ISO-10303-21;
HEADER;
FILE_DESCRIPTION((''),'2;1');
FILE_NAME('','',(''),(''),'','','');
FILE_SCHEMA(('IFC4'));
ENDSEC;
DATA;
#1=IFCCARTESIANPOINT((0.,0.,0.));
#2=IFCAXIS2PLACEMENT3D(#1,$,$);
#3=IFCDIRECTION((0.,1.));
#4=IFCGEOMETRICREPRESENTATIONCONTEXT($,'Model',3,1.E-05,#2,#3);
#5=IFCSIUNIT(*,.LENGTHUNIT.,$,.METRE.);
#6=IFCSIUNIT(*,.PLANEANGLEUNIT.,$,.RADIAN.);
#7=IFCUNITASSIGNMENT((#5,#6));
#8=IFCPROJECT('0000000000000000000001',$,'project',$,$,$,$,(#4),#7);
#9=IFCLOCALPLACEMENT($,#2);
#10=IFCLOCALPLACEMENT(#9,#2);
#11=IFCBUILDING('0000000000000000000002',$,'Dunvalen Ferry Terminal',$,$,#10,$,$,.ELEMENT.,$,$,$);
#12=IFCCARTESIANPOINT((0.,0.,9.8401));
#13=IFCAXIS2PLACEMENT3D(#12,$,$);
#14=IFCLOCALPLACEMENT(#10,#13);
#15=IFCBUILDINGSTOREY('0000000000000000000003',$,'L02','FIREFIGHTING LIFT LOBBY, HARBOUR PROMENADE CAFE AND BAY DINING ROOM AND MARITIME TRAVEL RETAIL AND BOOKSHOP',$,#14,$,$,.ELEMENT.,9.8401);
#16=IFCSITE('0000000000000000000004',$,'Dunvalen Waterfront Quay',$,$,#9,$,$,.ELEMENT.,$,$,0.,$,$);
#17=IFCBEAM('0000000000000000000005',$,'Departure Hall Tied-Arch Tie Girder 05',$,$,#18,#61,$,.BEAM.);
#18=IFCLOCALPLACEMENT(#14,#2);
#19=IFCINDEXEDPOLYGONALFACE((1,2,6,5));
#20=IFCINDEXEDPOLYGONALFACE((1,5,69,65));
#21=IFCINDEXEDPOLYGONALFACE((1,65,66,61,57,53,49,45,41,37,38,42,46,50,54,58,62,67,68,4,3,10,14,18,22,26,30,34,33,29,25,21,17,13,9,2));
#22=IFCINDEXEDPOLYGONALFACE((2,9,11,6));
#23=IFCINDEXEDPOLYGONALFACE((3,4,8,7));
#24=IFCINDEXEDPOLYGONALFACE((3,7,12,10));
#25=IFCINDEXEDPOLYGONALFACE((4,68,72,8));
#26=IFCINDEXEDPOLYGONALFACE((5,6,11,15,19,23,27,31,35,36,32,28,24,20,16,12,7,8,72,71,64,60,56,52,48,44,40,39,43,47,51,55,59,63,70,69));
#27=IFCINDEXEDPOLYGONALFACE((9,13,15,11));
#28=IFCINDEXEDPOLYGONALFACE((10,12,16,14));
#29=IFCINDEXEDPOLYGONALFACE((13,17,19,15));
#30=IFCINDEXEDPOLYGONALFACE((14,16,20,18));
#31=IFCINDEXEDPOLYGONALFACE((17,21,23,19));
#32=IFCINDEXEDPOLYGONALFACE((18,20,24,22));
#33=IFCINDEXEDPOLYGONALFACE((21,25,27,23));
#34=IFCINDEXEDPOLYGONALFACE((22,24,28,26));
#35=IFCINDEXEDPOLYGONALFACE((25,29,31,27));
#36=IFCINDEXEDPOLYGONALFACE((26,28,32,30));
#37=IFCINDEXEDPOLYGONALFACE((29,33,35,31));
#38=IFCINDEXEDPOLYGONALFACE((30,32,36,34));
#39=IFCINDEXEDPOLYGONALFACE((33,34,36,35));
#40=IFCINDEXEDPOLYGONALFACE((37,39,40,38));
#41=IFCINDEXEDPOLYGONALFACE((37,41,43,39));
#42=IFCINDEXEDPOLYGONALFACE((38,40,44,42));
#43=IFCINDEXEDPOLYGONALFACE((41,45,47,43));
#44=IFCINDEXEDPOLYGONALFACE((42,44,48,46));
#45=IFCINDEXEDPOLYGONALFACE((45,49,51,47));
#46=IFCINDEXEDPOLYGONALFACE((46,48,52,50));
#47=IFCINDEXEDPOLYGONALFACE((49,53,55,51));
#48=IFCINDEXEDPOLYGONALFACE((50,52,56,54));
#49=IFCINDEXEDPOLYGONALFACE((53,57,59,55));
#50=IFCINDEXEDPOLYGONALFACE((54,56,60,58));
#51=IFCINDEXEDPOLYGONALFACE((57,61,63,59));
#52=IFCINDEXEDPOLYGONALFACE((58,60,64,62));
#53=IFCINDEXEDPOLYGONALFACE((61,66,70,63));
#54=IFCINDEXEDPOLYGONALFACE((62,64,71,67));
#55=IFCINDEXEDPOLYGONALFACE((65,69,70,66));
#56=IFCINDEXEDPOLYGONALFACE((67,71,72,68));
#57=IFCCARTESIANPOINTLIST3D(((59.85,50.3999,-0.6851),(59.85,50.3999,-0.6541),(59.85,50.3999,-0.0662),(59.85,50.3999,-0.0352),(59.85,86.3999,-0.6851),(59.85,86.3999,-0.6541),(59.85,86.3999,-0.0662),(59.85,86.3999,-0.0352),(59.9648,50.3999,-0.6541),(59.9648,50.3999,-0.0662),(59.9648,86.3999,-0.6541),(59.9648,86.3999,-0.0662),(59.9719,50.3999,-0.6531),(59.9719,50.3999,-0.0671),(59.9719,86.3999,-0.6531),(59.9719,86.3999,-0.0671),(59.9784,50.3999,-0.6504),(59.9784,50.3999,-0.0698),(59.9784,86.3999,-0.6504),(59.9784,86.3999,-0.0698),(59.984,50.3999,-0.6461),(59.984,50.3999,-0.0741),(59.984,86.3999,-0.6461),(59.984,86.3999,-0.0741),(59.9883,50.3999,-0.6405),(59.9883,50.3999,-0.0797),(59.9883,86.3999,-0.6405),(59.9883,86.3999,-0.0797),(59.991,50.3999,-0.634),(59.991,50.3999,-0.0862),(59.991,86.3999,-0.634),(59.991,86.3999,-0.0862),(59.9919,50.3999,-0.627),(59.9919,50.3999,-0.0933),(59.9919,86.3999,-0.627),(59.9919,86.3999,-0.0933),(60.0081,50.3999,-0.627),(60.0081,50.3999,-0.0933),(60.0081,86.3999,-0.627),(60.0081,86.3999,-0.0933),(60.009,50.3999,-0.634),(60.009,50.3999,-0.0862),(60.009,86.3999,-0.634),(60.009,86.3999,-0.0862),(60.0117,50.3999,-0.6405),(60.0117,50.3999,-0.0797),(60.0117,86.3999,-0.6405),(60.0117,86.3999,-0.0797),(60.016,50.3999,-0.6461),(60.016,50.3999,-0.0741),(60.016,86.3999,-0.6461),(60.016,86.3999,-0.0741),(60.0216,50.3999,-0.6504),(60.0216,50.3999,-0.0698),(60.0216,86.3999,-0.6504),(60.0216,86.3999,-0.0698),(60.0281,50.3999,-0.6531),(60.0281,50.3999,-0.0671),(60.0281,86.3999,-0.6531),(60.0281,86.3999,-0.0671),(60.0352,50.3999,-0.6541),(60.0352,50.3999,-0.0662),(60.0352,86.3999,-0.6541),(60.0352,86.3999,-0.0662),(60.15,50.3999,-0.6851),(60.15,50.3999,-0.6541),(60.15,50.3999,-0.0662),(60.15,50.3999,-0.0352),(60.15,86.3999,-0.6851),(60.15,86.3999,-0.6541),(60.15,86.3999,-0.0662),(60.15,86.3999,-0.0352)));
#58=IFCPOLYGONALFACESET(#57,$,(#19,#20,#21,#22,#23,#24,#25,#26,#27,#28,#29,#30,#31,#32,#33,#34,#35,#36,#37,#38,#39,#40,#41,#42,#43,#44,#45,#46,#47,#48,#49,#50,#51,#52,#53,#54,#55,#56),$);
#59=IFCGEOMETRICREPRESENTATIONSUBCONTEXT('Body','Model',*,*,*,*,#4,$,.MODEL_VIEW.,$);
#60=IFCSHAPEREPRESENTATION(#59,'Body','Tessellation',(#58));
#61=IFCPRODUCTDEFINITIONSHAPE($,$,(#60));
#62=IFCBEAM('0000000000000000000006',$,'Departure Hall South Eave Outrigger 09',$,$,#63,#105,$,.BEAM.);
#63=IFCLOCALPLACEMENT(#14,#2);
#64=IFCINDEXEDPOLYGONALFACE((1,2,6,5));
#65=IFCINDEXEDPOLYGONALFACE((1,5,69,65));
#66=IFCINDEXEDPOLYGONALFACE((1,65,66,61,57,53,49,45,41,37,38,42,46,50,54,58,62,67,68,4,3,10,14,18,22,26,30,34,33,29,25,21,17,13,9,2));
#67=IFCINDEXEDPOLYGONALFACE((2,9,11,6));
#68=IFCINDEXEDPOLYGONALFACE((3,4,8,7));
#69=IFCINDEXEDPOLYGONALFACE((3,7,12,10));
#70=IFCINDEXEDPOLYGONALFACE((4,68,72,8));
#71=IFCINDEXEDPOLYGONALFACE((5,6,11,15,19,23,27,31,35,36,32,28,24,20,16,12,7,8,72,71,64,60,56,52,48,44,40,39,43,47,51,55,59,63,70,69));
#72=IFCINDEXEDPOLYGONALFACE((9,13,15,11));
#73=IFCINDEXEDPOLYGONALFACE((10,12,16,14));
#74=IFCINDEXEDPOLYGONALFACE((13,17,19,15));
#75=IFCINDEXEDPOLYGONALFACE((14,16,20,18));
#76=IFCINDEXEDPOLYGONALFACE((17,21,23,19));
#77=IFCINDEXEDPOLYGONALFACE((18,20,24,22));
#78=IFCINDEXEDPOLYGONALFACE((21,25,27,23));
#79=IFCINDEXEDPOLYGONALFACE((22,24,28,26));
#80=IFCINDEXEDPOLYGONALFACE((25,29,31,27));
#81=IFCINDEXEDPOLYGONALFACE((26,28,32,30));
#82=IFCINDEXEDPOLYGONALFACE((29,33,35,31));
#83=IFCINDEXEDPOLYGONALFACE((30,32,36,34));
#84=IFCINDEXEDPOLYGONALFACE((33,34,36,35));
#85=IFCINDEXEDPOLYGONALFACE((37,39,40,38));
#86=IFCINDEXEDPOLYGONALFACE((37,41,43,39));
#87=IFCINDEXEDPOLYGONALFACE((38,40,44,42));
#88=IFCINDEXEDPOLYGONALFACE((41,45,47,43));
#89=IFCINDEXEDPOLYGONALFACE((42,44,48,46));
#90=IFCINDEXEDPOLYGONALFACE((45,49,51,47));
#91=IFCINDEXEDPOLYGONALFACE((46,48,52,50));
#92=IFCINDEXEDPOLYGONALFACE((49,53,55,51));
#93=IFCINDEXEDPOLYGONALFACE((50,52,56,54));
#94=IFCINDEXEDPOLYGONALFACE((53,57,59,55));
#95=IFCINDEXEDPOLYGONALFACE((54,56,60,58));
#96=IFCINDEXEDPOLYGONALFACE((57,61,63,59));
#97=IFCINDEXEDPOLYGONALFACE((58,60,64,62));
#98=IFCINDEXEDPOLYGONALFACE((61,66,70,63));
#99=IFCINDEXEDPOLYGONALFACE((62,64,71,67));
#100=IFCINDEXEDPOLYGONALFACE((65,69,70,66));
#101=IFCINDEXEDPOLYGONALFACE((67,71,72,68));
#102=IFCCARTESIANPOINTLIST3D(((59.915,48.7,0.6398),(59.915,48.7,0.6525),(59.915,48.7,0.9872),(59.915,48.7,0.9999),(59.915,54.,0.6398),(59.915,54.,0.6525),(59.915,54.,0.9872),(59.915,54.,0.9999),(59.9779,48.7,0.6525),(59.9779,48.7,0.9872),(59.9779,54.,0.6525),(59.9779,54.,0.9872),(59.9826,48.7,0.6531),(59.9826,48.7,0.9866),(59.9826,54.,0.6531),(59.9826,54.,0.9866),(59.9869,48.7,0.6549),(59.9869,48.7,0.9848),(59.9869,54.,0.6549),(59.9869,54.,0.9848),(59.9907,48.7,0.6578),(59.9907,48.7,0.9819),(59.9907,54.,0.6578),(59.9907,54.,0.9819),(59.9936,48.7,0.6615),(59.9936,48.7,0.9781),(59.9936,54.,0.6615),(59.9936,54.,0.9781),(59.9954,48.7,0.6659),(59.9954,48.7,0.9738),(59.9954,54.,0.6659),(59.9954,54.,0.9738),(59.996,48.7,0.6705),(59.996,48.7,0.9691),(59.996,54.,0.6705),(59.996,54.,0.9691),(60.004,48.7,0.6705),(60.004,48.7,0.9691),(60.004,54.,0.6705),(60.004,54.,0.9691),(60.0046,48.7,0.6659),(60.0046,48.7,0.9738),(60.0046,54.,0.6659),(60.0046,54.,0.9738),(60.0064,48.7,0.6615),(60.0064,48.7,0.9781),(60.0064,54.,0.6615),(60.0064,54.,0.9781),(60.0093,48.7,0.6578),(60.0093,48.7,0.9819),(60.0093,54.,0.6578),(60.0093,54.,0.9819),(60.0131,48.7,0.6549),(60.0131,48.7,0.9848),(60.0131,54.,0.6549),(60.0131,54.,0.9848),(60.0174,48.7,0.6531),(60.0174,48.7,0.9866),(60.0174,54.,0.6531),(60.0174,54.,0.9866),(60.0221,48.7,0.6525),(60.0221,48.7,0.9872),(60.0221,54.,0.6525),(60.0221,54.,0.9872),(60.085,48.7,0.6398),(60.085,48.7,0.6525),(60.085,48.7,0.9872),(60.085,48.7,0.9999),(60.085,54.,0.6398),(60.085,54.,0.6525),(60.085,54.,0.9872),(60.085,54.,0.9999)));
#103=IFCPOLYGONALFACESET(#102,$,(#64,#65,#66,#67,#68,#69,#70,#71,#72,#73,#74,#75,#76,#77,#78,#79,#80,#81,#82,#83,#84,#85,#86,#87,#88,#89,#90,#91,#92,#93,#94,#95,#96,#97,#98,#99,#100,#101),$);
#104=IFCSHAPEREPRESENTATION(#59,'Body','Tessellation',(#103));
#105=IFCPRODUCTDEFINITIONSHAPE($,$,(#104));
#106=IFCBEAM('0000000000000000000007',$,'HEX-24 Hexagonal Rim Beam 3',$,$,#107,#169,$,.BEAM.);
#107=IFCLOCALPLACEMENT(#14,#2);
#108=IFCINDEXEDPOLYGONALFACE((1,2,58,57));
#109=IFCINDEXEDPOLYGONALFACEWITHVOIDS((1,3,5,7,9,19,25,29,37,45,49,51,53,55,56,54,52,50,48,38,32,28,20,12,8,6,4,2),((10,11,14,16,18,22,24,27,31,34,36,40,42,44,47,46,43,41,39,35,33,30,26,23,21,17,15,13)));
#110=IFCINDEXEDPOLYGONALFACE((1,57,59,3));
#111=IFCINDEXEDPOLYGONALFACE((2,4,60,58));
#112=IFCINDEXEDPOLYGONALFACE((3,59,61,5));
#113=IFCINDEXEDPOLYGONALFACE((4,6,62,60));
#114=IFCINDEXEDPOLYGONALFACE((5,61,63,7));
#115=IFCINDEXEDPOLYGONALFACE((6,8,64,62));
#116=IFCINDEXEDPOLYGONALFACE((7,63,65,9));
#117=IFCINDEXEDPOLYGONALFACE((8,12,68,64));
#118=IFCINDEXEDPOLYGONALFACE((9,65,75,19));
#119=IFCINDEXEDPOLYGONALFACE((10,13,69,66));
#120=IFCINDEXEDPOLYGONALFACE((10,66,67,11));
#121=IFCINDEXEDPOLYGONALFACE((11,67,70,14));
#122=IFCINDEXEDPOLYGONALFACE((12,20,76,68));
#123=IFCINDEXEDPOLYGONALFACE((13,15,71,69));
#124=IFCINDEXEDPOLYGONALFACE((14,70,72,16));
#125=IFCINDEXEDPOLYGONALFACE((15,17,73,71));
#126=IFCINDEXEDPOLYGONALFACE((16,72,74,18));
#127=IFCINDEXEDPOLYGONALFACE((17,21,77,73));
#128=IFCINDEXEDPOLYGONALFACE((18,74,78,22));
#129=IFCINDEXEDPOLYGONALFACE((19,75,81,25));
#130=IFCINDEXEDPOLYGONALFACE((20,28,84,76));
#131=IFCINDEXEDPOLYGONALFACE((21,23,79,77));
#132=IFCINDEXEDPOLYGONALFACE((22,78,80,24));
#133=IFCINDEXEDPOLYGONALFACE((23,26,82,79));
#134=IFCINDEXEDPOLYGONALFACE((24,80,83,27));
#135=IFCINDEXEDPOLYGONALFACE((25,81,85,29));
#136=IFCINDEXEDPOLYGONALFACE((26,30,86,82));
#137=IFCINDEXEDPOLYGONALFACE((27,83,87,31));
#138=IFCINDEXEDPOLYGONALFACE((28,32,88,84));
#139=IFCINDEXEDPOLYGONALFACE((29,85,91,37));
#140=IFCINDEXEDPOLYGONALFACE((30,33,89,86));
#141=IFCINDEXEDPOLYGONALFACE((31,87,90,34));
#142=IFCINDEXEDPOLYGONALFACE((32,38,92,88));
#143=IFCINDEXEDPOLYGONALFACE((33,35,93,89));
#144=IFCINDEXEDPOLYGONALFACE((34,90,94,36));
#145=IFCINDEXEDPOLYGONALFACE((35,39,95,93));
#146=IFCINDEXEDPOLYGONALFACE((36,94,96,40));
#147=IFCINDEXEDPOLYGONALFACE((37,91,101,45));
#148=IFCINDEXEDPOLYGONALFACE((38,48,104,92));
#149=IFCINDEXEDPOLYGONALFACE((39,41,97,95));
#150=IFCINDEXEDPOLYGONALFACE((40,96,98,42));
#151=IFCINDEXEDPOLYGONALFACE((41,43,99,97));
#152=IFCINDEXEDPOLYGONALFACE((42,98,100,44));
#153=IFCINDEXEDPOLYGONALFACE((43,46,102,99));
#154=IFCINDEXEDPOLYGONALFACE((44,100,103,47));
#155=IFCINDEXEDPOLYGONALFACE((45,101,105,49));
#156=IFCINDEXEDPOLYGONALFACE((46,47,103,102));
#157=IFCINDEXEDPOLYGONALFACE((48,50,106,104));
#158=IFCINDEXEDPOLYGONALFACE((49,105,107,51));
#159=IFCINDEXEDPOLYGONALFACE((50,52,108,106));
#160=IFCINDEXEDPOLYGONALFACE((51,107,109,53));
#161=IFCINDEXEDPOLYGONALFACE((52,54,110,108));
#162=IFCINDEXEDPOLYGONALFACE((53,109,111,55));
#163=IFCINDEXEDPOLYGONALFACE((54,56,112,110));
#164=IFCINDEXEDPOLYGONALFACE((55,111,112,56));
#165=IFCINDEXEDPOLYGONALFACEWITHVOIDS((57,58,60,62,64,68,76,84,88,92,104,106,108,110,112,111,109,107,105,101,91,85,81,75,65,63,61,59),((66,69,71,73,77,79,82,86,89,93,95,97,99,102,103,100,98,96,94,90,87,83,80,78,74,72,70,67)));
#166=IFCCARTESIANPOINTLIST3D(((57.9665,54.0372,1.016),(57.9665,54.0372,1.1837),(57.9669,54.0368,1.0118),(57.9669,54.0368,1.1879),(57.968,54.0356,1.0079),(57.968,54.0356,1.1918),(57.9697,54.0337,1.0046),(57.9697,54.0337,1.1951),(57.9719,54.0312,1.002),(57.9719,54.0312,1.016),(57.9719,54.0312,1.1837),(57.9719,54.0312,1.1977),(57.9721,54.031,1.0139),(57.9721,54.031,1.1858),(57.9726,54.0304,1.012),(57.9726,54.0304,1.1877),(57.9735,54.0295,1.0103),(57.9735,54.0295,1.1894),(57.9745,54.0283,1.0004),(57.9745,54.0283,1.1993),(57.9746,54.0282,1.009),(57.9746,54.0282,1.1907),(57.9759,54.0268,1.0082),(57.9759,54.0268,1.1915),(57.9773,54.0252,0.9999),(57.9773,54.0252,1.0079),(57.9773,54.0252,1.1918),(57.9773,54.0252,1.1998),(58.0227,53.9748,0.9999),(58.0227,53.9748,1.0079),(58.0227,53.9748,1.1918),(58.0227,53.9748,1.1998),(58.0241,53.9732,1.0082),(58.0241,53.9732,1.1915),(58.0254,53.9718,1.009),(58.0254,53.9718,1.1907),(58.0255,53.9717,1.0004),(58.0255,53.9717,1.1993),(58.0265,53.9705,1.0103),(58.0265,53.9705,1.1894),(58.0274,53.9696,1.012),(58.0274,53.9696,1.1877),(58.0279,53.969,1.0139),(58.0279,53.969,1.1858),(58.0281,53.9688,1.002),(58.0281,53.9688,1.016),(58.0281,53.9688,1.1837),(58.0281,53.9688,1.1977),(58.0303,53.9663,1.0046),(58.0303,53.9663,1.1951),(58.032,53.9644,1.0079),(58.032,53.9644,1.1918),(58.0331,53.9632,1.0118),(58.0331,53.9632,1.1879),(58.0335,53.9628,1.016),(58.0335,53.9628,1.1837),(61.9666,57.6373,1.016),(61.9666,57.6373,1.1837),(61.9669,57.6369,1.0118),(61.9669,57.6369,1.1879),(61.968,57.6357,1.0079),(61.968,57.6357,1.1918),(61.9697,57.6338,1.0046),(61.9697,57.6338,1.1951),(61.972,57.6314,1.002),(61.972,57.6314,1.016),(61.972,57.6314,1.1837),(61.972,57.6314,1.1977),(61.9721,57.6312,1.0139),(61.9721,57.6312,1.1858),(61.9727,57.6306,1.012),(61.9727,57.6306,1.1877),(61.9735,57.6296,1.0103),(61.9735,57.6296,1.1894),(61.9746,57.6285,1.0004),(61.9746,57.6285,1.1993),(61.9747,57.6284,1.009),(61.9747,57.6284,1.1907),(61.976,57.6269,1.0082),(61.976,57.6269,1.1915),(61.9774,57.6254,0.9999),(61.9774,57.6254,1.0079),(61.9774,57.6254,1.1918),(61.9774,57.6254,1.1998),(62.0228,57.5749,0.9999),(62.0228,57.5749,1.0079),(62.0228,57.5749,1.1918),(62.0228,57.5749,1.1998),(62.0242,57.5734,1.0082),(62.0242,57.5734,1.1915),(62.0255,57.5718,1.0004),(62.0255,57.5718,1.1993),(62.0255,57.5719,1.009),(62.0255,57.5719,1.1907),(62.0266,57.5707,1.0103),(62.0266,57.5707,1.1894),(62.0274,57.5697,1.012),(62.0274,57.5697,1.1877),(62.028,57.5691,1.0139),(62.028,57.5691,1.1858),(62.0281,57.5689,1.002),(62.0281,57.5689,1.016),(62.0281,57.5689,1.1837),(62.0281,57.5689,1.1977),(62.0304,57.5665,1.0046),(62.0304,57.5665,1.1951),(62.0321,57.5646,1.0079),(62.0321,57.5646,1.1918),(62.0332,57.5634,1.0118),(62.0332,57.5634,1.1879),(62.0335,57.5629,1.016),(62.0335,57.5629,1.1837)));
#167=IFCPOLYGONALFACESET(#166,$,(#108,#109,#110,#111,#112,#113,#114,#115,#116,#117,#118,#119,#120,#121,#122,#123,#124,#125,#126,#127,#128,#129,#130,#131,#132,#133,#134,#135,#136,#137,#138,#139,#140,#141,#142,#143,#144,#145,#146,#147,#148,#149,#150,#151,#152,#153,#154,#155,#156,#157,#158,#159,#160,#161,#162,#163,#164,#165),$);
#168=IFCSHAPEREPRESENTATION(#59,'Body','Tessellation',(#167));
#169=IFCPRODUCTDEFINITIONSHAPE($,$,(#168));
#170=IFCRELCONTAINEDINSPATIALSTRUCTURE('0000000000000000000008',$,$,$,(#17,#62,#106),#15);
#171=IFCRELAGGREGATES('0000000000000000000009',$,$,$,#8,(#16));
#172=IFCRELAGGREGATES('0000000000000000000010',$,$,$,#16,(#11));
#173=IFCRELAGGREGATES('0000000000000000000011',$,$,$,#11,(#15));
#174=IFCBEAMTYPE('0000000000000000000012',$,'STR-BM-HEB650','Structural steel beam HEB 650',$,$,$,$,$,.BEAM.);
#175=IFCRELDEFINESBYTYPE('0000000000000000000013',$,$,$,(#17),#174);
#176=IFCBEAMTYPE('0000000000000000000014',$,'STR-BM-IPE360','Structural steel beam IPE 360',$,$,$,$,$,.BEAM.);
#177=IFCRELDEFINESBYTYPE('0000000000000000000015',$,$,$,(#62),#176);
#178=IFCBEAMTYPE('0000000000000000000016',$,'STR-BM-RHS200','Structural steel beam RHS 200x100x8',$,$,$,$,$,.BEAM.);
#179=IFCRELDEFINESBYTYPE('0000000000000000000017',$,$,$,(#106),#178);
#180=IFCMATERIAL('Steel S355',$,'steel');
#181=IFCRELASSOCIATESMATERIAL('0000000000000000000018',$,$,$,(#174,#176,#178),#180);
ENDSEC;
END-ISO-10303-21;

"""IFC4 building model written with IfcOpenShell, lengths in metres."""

from ifc_helpers import new_model, si_unit, direction, frame, origin, origin_2d, place, context, subcontext, project, spatial, hollow_rectangle, i_section, extrude, material, material_profile, profile_set, type_object, element, save


model = new_model("IFC4")

# Units and contexts
model_context = context("Model", 3, precision=1e-05, world=origin(), true_north=direction((0.0, 1.0)))
body_context = subcontext(model_context, "Body", "Model", "MODEL_VIEW")
ifc_project = project(units=[si_unit("LENGTHUNIT", "METRE"), si_unit("PLANEANGLEUNIT", "RADIAN")], contexts=[model_context])

# Site, building, storey
site_placement = place(None, origin())
site = spatial("IfcSite", under=ifc_project, at=site_placement, Name="Dunvalen Waterfront Quay", CompositionType="ELEMENT", RefElevation=0.0)
building_placement = place(site_placement, origin())
building = spatial("IfcBuilding", under=site, at=building_placement, Name="Dunvalen Ferry Terminal", CompositionType="ELEMENT")
storey_placement = place(building_placement, frame((0.0, 0.0, 9.8401)))
storey = spatial("IfcBuildingStorey", under=building, at=storey_placement, Name="L02", Description="FIREFIGHTING LIFT LOBBY, HARBOUR PROMENADE CAFE AND BAY DINING ROOM AND MARITIME TRAVEL RETAIL AND BOOKSHOP", CompositionType="ELEMENT", Elevation=9.8401)

# Beams
ifc_material_1 = material(Name="Steel S355", Category="steel")
ifc_material_profile_1 = material_profile(ifc_material_1, i_section(OverallWidth=0.3, OverallDepth=0.6499, WebThickness=0.0161, FlangeThickness=0.031, FilletRadius=0.0271, at=origin_2d()), Name="Steel S355")
ifc_profile_set_1 = profile_set([ifc_material_profile_1], Name="Steel S355")
beam_type_1 = type_object("IfcBeamType", Name="STR-BM-HEB650", Description="Structural steel beam HEB 650", PredefinedType="BEAM", material=ifc_profile_set_1)
beam_1_placement = place(storey_placement, frame((60.0, 50.3999, -0.3601), z_axis=(0.0, 1.0, 0.0), x_axis=(-1.0, 0.0, 0.0)))
element("IfcBeam", 1, at=beam_1_placement, inside=storey, type_object=beam_type_1, Name="Departure Hall Tied-Arch Tie Girder 05", PredefinedType="BEAM", context=body_context, shape_type="SweptSolid", body=[
    extrude(i_section(OverallWidth=0.3, OverallDepth=0.6499, WebThickness=0.0161, FlangeThickness=0.031, FilletRadius=0.0271, at=origin_2d()), origin(), (0.0, 0.0, 1.0), 36.0),
])
ifc_material_profile_2 = material_profile(ifc_material_1, i_section(OverallWidth=0.1699, OverallDepth=0.3601, WebThickness=0.0081, FlangeThickness=0.0127, FilletRadius=0.0181, at=origin_2d()), Name="Steel S355")
ifc_profile_set_2 = profile_set([ifc_material_profile_2], Name="Steel S355")
beam_type_2 = type_object("IfcBeamType", Name="STR-BM-IPE360", Description="Structural steel beam IPE 360", PredefinedType="BEAM", material=ifc_profile_set_2)
beam_2_placement = place(storey_placement, frame((60.0, 54.0, 0.8198), z_axis=(0.0, -1.0, 0.0), x_axis=(1.0, 0.0, 0.0)))
element("IfcBeam", 2, at=beam_2_placement, inside=storey, type_object=beam_type_2, Name="Departure Hall South Eave Outrigger 09", PredefinedType="BEAM", context=body_context, shape_type="SweptSolid", body=[
    extrude(i_section(OverallWidth=0.1699, OverallDepth=0.3601, WebThickness=0.0081, FlangeThickness=0.0127, FilletRadius=0.0181, at=origin_2d()), origin(), (0.0, 0.0, 1.0), 5.3),
])
ifc_material_profile_3 = material_profile(ifc_material_1, hollow_rectangle(XDim=0.1001, YDim=0.2, WallThickness=0.0081, InnerFilletRadius=0.0081, OuterFilletRadius=0.0161, at=origin_2d()), Name="Steel S355")
ifc_profile_set_3 = profile_set([ifc_material_profile_3], Name="Steel S355")
beam_type_3 = type_object("IfcBeamType", Name="STR-BM-RHS200", Description="Structural steel beam RHS 200x100x8", PredefinedType="BEAM", material=ifc_profile_set_3)
beam_3_placement = place(storey_placement, frame((58.0, 54.0, 1.0999), z_axis=(0.743285, 0.668975, 0.0), x_axis=(-0.668975, 0.743285, 0.0)))
element("IfcBeam", 3, at=beam_3_placement, inside=storey, type_object=beam_type_3, Name="HEX-24 Hexagonal Rim Beam 3", PredefinedType="BEAM", context=body_context, shape_type="SweptSolid", body=[
    extrude(hollow_rectangle(XDim=0.1001, YDim=0.2, WallThickness=0.0081, InnerFilletRadius=0.0081, OuterFilletRadius=0.0161, at=origin_2d()), origin(), (0.0, 0.0, 1.0), 5.3816),
])

save(model, "model.ifc")
